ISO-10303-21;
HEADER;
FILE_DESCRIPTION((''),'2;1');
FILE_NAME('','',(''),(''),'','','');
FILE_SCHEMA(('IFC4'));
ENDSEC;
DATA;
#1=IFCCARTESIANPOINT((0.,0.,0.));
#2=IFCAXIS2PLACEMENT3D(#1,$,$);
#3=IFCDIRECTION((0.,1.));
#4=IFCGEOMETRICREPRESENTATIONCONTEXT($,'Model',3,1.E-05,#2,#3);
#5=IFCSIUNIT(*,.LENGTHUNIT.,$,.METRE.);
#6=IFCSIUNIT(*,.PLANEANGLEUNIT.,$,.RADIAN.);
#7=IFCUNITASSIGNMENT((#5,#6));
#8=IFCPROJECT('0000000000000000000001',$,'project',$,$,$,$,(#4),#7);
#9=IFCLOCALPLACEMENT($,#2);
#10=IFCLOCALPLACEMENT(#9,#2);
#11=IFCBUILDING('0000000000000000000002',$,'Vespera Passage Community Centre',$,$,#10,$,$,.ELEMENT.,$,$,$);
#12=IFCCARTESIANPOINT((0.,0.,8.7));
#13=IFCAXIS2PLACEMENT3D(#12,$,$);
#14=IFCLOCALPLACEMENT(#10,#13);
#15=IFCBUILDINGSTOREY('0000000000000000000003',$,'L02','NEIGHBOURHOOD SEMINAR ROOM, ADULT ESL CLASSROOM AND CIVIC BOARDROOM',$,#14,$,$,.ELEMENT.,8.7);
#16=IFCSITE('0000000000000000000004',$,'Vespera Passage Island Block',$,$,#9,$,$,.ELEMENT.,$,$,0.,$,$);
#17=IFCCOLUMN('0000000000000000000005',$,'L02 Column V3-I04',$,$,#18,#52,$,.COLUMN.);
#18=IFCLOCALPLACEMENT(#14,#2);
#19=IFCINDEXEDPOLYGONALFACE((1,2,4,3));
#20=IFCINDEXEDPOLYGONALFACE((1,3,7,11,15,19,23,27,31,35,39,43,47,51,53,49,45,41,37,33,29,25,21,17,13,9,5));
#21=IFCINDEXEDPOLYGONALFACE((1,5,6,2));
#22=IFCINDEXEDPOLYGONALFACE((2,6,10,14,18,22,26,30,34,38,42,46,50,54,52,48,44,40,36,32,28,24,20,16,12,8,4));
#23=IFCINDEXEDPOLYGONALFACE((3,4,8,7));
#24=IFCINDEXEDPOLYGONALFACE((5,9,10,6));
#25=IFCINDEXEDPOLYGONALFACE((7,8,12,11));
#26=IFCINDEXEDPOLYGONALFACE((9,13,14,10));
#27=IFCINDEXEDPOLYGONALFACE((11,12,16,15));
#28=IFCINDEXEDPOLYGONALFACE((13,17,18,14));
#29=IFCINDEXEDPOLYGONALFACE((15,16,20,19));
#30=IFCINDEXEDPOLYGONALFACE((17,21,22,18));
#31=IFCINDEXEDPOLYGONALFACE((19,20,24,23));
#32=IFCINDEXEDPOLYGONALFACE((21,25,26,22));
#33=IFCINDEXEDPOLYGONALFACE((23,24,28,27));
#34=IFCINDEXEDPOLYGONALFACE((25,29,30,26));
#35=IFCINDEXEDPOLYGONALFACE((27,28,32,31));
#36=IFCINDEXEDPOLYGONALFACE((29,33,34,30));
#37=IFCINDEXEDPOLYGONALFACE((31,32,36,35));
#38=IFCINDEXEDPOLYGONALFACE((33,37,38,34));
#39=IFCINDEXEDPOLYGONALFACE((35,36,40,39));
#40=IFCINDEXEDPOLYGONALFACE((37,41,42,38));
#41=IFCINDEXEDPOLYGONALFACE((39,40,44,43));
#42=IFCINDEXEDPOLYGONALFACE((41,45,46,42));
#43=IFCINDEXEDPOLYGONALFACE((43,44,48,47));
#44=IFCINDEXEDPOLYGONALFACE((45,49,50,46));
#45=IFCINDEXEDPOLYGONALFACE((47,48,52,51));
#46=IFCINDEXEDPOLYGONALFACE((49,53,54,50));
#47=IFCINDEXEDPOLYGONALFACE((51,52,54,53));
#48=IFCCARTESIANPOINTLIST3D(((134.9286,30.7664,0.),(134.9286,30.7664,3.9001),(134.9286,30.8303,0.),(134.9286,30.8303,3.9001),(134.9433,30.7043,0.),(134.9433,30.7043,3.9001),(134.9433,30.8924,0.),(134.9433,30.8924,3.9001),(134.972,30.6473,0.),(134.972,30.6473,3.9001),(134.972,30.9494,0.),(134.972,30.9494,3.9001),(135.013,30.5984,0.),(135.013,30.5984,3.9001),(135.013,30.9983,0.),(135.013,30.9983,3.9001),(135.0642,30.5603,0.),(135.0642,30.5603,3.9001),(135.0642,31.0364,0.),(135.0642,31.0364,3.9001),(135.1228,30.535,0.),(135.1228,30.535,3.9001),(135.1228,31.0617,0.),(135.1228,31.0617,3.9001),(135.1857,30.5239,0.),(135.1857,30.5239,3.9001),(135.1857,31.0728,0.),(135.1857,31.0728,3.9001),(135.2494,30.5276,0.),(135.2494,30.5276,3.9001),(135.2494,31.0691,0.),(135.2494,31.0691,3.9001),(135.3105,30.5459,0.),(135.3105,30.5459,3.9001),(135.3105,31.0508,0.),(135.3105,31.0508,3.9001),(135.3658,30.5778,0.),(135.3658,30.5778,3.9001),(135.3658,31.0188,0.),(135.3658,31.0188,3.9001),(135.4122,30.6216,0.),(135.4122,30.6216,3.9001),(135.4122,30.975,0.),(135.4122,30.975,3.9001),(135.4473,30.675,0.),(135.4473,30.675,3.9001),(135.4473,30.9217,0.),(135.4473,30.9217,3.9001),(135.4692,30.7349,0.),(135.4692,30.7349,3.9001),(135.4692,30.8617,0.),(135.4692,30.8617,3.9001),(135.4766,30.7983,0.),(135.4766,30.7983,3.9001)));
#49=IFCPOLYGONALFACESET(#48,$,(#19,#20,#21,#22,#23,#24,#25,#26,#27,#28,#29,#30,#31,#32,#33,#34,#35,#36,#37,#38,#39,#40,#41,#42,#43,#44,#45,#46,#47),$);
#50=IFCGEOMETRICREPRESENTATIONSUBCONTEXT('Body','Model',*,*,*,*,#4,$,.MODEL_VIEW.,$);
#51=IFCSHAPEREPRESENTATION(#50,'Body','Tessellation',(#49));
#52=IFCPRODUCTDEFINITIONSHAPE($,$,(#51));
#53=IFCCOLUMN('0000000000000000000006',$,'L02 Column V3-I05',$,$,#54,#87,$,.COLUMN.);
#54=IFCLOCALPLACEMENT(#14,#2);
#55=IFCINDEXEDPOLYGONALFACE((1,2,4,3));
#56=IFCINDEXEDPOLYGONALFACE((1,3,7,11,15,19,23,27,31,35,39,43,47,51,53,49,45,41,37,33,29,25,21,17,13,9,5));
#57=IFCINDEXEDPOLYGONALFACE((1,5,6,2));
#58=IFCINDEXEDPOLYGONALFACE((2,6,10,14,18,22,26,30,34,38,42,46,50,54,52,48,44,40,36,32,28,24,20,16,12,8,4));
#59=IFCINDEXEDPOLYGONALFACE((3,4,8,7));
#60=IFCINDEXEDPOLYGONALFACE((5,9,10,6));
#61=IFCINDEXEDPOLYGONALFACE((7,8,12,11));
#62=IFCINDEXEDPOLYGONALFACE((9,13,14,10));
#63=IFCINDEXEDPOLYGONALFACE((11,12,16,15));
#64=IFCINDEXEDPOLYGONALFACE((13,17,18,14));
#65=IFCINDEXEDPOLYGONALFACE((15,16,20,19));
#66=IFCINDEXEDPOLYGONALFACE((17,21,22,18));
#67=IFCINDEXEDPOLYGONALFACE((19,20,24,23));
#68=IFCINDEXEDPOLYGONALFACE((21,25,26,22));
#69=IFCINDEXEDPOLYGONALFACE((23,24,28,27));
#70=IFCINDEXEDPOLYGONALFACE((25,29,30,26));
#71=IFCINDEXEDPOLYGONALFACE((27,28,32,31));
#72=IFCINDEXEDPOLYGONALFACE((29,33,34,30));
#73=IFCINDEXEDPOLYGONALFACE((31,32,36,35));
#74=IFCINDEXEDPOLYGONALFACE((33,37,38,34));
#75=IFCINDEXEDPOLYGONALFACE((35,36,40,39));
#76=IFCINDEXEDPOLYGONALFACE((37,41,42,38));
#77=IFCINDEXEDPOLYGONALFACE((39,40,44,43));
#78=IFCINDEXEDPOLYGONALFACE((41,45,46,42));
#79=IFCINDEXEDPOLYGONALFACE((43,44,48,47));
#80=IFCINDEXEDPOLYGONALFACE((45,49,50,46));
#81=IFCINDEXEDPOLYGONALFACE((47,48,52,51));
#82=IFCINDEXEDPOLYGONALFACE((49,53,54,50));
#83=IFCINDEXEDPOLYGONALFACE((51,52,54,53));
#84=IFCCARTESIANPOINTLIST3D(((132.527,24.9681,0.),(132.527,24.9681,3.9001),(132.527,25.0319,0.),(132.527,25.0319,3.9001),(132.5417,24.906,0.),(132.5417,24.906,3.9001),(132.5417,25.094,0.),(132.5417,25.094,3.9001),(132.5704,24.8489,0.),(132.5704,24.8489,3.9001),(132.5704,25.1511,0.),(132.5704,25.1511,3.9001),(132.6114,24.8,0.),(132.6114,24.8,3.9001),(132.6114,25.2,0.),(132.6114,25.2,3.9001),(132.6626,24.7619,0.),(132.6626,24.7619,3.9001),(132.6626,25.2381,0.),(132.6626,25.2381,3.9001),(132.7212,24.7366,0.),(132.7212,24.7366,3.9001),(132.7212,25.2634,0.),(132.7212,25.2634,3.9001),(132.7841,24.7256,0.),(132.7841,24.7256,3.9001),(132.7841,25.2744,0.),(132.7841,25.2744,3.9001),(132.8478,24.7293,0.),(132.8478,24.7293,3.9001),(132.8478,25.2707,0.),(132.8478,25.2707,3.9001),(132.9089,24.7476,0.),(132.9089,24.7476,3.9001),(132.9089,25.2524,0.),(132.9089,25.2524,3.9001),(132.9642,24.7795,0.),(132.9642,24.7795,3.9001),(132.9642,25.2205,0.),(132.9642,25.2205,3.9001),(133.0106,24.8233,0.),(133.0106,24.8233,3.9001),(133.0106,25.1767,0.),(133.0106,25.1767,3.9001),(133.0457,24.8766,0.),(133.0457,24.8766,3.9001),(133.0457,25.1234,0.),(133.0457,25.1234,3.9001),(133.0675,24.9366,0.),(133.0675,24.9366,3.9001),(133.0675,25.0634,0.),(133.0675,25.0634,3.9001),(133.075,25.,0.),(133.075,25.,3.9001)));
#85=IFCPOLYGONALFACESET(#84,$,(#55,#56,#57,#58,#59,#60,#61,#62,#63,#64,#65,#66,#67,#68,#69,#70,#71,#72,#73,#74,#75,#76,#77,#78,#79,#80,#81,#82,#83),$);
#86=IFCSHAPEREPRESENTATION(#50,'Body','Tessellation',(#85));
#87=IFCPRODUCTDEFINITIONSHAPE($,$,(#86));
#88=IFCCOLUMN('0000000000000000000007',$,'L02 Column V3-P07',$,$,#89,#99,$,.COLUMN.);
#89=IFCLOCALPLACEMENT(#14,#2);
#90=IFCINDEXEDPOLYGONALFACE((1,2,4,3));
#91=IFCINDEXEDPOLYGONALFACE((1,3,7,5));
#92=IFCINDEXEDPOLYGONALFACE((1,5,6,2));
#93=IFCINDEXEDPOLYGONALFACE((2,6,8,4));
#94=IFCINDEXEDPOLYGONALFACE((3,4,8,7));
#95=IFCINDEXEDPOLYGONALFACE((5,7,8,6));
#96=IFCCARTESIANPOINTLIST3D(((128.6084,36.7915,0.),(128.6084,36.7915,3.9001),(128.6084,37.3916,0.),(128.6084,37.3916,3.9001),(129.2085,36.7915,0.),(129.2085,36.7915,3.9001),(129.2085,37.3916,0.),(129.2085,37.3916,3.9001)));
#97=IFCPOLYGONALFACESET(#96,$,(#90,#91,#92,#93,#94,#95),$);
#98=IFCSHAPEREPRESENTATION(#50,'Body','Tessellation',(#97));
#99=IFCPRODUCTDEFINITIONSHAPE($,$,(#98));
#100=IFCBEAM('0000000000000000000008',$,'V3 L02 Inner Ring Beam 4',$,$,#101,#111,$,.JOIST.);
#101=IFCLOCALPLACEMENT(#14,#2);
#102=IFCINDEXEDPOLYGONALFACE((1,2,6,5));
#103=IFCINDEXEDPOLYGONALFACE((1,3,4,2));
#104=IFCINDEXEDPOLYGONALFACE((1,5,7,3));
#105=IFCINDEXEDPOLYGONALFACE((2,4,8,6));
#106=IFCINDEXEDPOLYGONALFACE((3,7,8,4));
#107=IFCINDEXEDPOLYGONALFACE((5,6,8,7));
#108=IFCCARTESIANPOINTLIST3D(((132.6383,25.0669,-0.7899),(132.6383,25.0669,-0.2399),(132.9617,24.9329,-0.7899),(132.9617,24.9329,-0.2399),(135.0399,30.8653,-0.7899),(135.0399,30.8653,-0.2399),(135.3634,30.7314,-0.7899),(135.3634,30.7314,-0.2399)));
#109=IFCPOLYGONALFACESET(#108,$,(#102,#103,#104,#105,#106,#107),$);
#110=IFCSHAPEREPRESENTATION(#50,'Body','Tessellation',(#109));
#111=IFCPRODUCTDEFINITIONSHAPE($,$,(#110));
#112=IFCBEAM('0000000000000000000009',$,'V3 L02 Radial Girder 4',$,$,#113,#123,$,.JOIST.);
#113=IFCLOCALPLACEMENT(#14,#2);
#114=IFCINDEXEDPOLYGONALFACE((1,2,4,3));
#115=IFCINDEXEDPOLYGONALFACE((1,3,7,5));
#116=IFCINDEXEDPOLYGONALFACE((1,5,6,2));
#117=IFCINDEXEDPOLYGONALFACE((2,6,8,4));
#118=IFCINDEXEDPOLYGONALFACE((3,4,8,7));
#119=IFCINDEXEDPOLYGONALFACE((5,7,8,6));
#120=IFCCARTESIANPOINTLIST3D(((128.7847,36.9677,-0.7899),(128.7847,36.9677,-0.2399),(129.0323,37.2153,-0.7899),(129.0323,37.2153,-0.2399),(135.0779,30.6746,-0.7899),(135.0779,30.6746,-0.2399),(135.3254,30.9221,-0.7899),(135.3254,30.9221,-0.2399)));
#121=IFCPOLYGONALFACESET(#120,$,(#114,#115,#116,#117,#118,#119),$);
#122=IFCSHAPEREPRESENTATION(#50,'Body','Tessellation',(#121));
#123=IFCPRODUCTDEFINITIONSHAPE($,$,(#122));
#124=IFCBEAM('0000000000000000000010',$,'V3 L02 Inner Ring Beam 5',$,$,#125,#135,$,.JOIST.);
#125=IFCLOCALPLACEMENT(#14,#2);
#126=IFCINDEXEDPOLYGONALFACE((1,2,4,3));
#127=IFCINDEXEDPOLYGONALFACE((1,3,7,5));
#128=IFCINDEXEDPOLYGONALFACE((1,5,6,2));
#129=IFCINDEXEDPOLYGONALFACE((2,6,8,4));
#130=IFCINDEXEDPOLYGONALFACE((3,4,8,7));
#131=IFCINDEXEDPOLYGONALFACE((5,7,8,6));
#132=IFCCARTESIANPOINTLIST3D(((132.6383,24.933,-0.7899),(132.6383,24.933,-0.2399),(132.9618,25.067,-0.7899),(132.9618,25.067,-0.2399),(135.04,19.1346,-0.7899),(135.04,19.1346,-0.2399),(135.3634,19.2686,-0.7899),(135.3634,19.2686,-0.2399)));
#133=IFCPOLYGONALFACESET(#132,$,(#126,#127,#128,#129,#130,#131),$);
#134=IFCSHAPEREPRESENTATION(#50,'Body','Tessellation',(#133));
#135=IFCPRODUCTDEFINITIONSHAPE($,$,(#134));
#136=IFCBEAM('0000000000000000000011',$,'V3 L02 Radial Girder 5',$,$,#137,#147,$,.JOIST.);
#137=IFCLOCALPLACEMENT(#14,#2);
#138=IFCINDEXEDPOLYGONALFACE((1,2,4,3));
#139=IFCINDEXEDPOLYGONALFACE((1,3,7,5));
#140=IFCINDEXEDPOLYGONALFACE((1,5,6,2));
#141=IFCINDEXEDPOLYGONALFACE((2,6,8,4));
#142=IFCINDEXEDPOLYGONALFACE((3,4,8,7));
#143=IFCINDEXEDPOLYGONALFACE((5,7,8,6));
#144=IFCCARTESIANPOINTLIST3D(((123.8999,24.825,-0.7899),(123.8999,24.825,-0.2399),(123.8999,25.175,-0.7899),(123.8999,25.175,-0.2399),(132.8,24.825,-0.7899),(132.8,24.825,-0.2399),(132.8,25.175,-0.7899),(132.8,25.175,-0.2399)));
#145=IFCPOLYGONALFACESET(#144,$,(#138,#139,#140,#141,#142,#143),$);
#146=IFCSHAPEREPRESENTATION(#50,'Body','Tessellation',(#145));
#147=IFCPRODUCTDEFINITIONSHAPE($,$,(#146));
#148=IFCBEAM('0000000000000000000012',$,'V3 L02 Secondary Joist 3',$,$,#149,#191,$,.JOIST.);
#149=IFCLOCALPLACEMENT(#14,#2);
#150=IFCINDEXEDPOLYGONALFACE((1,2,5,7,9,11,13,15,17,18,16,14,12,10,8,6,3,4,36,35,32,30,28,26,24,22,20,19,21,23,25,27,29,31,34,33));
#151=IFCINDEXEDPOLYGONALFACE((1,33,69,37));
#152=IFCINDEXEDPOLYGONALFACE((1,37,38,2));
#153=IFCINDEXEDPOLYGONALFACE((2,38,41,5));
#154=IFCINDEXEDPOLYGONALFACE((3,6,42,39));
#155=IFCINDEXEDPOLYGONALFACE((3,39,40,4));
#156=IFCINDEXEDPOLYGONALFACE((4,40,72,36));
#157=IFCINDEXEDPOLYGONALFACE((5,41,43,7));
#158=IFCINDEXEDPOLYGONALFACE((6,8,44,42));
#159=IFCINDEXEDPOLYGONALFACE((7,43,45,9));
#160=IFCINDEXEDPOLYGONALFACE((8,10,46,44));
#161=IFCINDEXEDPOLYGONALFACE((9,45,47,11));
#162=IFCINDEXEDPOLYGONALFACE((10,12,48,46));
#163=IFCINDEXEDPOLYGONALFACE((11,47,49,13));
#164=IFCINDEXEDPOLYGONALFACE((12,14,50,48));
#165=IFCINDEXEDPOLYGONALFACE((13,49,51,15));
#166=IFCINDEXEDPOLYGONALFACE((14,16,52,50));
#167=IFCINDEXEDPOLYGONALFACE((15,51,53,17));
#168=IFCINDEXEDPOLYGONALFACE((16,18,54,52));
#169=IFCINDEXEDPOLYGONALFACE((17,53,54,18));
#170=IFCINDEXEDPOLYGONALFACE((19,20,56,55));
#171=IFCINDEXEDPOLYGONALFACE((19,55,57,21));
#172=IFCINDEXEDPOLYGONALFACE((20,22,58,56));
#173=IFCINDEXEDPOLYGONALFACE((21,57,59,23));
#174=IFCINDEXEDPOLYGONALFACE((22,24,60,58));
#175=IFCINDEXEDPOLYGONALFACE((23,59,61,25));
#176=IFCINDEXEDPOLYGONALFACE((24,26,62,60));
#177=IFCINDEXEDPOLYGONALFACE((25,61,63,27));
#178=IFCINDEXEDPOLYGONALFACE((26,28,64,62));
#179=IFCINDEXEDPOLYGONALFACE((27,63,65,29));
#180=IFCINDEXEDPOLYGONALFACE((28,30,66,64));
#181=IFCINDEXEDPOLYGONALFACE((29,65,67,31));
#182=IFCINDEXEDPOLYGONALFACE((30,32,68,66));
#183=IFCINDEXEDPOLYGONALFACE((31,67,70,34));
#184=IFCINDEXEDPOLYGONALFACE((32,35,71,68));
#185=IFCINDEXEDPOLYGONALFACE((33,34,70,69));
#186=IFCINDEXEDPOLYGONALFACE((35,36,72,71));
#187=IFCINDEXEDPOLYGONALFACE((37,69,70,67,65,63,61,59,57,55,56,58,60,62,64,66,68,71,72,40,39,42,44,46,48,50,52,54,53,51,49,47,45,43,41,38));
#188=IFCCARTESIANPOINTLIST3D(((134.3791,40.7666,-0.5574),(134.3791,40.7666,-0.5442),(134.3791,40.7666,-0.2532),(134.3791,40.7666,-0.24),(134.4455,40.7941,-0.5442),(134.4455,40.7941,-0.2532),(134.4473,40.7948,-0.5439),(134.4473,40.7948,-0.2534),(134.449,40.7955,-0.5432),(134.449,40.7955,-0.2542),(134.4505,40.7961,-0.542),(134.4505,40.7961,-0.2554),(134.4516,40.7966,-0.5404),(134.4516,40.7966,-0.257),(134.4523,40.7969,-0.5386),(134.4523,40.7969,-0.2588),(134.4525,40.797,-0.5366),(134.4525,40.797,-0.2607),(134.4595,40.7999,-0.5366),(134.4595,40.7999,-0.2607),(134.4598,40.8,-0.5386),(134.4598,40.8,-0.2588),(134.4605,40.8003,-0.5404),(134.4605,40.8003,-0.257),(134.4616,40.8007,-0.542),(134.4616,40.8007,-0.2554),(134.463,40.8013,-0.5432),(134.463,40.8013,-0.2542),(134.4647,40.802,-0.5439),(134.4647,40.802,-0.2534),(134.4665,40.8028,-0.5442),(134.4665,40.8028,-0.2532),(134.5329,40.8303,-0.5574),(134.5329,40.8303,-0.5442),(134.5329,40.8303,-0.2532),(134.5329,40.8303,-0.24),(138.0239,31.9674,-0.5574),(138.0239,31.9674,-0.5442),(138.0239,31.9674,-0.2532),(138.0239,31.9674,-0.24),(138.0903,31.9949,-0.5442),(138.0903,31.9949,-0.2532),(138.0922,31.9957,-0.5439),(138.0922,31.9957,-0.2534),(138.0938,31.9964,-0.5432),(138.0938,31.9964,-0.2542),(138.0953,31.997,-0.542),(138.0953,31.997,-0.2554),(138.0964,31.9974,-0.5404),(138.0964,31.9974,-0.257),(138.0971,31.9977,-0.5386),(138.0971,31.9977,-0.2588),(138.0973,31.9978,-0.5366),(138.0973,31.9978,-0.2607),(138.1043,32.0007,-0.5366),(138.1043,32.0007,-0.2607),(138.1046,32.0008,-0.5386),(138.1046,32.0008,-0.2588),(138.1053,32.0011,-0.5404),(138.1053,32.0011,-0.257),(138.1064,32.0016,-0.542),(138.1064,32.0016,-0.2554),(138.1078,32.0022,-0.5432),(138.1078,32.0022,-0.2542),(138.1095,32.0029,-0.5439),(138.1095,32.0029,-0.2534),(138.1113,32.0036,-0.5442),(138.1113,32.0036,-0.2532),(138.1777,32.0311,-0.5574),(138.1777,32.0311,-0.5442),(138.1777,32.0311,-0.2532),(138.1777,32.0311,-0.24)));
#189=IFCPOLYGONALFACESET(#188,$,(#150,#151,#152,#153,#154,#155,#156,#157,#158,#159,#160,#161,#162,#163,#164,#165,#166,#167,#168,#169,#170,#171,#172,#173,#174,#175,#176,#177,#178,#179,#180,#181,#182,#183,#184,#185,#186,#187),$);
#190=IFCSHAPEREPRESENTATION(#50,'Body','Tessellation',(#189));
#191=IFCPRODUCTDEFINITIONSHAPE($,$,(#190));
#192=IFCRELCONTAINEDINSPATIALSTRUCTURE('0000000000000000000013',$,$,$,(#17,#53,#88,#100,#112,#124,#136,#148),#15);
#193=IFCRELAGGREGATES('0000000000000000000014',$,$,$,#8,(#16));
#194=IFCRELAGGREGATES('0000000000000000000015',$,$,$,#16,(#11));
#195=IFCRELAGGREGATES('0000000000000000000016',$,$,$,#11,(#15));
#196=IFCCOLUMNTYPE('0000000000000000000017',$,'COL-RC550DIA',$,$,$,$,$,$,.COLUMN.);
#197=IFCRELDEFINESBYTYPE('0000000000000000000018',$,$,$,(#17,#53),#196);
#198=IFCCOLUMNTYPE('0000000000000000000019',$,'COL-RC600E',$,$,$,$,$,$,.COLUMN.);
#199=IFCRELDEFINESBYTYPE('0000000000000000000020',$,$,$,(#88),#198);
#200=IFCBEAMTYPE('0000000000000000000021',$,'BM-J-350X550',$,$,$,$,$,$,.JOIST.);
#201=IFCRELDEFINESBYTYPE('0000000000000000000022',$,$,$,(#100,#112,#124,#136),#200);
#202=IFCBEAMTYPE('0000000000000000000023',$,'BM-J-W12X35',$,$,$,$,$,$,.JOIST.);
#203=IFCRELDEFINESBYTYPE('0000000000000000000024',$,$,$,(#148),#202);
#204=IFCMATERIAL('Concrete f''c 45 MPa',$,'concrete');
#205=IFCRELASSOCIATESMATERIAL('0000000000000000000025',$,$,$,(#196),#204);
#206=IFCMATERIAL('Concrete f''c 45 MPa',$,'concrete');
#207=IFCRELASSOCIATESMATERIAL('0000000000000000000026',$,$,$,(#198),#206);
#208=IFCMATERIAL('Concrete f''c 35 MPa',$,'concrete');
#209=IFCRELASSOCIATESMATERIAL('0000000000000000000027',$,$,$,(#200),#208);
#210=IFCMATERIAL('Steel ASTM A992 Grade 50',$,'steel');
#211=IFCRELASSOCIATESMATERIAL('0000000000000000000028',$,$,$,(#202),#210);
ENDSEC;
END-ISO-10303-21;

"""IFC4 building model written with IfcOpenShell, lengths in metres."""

from ifc_helpers import new_model, si_unit, direction, frame, origin, origin_2d, place, context, subcontext, project, spatial, rectangle, circle, i_section, extrude, material, material_profile, profile_set, type_object, element, save


model = new_model("IFC4")

# Units and contexts
model_context = context("Model", 3, precision=1e-05, world=origin(), true_north=direction((0.0, 1.0)))
body_context = subcontext(model_context, "Body", "Model", "MODEL_VIEW")
ifc_project = project(units=[si_unit("LENGTHUNIT", "METRE"), si_unit("PLANEANGLEUNIT", "RADIAN")], contexts=[model_context])

# Site, building, storey
site_placement = place(None, origin())
site = spatial("IfcSite", under=ifc_project, at=site_placement, Name="Vespera Passage Island Block", CompositionType="ELEMENT", RefElevation=0.0)
building_placement = place(site_placement, origin())
building = spatial("IfcBuilding", under=site, at=building_placement, Name="Vespera Passage Community Centre", CompositionType="ELEMENT")
storey_placement = place(building_placement, frame((0.0, 0.0, 8.7)))
storey = spatial("IfcBuildingStorey", under=building, at=storey_placement, Name="L02", Description="NEIGHBOURHOOD SEMINAR ROOM, ADULT ESL CLASSROOM AND CIVIC BOARDROOM", CompositionType="ELEMENT", Elevation=8.7)

# Columns
ifc_material_1 = material(Name="Concrete f'c 45 MPa", Category="concrete")
ifc_material_profile_1 = material_profile(ifc_material_1, circle(Radius=0.2749, at=origin_2d()), Name="RC550DIA")
ifc_profile_set_1 = profile_set([ifc_material_profile_1], Name="Concrete f'c 45 MPa")
column_type_1 = type_object("IfcColumnType", Name="COL-RC550DIA", PredefinedType="COLUMN", material=ifc_profile_set_1)
for number, where, z_axis, x_axis, name in (
    (1, (135.2017, 30.7983, 0.0), (0.0, 0.0, 1.0), (1.0, 0.0, 0.0), "L02 Column V3-I04"),
    (2, (132.8, 25.0, 0.0), (0.0, 0.0, 1.0), (1.0, 0.0, 0.0), "L02 Column V3-I05"),
):
    element("IfcColumn", number, at=place(storey_placement, frame(where, z_axis=z_axis, x_axis=x_axis)), inside=storey, type_object=column_type_1, Name=name, PredefinedType="COLUMN", context=body_context, shape_type="SweptSolid", body=[
        extrude(circle(Radius=0.2749, at=origin_2d()), origin(), (0.0, 0.0, 1.0), 3.9001),
    ])
ifc_material_2 = material(Name="Concrete f'c 45 MPa", Category="concrete")
ifc_material_profile_2 = material_profile(ifc_material_2, rectangle(XDim=0.6001, YDim=0.6001, at=origin_2d()), Name="RC600X600")
ifc_profile_set_2 = profile_set([ifc_material_profile_2], Name="Concrete f'c 45 MPa")
column_type_2 = type_object("IfcColumnType", Name="COL-RC600E", PredefinedType="COLUMN", material=ifc_profile_set_2)
column_placement = place(storey_placement, frame((128.9084, 37.0916, 0.0), z_axis=(0.0, 0.0, 1.0), x_axis=(1.0, 0.0, 0.0)))
element("IfcColumn", 3, at=column_placement, inside=storey, type_object=column_type_2, Name="L02 Column V3-P07", PredefinedType="COLUMN", context=body_context, shape_type="SweptSolid", body=[
    extrude(rectangle(XDim=0.6001, YDim=0.6001, at=origin_2d()), origin(), (0.0, 0.0, 1.0), 3.9001),
])

# Beams
ifc_material_3 = material(Name="Concrete f'c 35 MPa", Category="concrete")
ifc_material_profile_3 = material_profile(ifc_material_3, rectangle(XDim=0.3501, YDim=0.55, at=origin_2d()), Name="RC350X550")
ifc_profile_set_3 = profile_set([ifc_material_profile_3], Name="Concrete f'c 35 MPa")
beam_type_1 = type_object("IfcBeamType", Name="BM-J-350X550", PredefinedType="JOIST", material=ifc_profile_set_3)
beam_1_placement = place(storey_placement, frame((135.2017, 30.7983, -0.5149), z_axis=(-0.382664, -0.923887, 0.0), x_axis=(0.923887, -0.382664, 0.0)))
element("IfcBeam", 4, at=beam_1_placement, inside=storey, type_object=beam_type_1, Name="V3 L02 Inner Ring Beam 4", PredefinedType="JOIST", context=body_context, shape_type="SweptSolid", body=[
    extrude(rectangle(XDim=0.3501, YDim=0.55, at=origin_2d()), origin(), (0.0, 0.0, 1.0), 6.2761),
])
beam_2_placement = place(storey_placement, frame((135.2017, 30.7983, -0.5149), z_axis=(-0.707107, 0.707107, 0.0), x_axis=(-0.707107, -0.707107, 0.0)))
element("IfcBeam", 5, at=beam_2_placement, inside=storey, type_object=beam_type_1, Name="V3 L02 Radial Girder 4", PredefinedType="JOIST", context=body_context, shape_type="SweptSolid", body=[
    extrude(rectangle(XDim=0.3501, YDim=0.55, at=origin_2d()), origin(), (0.0, 0.0, 1.0), 8.8999),
])
beam_3_placement = place(storey_placement, frame((132.8, 25.0, -0.5149), z_axis=(0.382664, -0.923887, 0.0), x_axis=(0.923887, 0.382664, 0.0)))
element("IfcBeam", 6, at=beam_3_placement, inside=storey, type_object=beam_type_1, Name="V3 L02 Inner Ring Beam 5", PredefinedType="JOIST", context=body_context, shape_type="SweptSolid", body=[
    extrude(rectangle(XDim=0.3501, YDim=0.55, at=origin_2d()), origin(), (0.0, 0.0, 1.0), 6.2761),
])
beam_4_placement = place(storey_placement, frame((132.8, 25.0, -0.5149), z_axis=(-1.0, 0.0, 0.0), x_axis=(0.0, -1.0, 0.0)))
element("IfcBeam", 7, at=beam_4_placement, inside=storey, type_object=beam_type_1, Name="V3 L02 Radial Girder 5", PredefinedType="JOIST", context=body_context, shape_type="SweptSolid", body=[
    extrude(rectangle(XDim=0.3501, YDim=0.55, at=origin_2d()), origin(), (0.0, 0.0, 1.0), 8.9001),
])
ifc_material_4 = material(Name="Steel ASTM A992 Grade 50", Category="steel")
ifc_material_profile_4 = material_profile(ifc_material_4, i_section(OverallWidth=0.1665, OverallDepth=0.3174, WebThickness=0.0076, FlangeThickness=0.0132, FilletRadius=0.0076, at=origin_2d()), Name="W12X35")
ifc_profile_set_4 = profile_set([ifc_material_profile_4], Name="Steel ASTM A992 Grade 50")
beam_type_2 = type_object("IfcBeamType", Name="BM-J-W12X35", PredefinedType="JOIST", material=ifc_profile_set_4)
beam_5_placement = place(storey_placement, frame((138.1008, 31.9993, -0.3987), z_axis=(-0.382691, 0.923877, 0.0), x_axis=(-0.923877, -0.382691, 0.0)))
element("IfcBeam", 8, at=beam_5_placement, inside=storey, type_object=beam_type_2, Name="V3 L02 Secondary Joist 3", PredefinedType="JOIST", context=body_context, shape_type="SweptSolid", body=[
    extrude(i_section(OverallWidth=0.1665, OverallDepth=0.3174, WebThickness=0.0076, FlangeThickness=0.0132, FilletRadius=0.0076, at=origin_2d()), origin(), (0.0, 0.0, 1.0), 9.5242),
])

save(model, "model.ifc")
